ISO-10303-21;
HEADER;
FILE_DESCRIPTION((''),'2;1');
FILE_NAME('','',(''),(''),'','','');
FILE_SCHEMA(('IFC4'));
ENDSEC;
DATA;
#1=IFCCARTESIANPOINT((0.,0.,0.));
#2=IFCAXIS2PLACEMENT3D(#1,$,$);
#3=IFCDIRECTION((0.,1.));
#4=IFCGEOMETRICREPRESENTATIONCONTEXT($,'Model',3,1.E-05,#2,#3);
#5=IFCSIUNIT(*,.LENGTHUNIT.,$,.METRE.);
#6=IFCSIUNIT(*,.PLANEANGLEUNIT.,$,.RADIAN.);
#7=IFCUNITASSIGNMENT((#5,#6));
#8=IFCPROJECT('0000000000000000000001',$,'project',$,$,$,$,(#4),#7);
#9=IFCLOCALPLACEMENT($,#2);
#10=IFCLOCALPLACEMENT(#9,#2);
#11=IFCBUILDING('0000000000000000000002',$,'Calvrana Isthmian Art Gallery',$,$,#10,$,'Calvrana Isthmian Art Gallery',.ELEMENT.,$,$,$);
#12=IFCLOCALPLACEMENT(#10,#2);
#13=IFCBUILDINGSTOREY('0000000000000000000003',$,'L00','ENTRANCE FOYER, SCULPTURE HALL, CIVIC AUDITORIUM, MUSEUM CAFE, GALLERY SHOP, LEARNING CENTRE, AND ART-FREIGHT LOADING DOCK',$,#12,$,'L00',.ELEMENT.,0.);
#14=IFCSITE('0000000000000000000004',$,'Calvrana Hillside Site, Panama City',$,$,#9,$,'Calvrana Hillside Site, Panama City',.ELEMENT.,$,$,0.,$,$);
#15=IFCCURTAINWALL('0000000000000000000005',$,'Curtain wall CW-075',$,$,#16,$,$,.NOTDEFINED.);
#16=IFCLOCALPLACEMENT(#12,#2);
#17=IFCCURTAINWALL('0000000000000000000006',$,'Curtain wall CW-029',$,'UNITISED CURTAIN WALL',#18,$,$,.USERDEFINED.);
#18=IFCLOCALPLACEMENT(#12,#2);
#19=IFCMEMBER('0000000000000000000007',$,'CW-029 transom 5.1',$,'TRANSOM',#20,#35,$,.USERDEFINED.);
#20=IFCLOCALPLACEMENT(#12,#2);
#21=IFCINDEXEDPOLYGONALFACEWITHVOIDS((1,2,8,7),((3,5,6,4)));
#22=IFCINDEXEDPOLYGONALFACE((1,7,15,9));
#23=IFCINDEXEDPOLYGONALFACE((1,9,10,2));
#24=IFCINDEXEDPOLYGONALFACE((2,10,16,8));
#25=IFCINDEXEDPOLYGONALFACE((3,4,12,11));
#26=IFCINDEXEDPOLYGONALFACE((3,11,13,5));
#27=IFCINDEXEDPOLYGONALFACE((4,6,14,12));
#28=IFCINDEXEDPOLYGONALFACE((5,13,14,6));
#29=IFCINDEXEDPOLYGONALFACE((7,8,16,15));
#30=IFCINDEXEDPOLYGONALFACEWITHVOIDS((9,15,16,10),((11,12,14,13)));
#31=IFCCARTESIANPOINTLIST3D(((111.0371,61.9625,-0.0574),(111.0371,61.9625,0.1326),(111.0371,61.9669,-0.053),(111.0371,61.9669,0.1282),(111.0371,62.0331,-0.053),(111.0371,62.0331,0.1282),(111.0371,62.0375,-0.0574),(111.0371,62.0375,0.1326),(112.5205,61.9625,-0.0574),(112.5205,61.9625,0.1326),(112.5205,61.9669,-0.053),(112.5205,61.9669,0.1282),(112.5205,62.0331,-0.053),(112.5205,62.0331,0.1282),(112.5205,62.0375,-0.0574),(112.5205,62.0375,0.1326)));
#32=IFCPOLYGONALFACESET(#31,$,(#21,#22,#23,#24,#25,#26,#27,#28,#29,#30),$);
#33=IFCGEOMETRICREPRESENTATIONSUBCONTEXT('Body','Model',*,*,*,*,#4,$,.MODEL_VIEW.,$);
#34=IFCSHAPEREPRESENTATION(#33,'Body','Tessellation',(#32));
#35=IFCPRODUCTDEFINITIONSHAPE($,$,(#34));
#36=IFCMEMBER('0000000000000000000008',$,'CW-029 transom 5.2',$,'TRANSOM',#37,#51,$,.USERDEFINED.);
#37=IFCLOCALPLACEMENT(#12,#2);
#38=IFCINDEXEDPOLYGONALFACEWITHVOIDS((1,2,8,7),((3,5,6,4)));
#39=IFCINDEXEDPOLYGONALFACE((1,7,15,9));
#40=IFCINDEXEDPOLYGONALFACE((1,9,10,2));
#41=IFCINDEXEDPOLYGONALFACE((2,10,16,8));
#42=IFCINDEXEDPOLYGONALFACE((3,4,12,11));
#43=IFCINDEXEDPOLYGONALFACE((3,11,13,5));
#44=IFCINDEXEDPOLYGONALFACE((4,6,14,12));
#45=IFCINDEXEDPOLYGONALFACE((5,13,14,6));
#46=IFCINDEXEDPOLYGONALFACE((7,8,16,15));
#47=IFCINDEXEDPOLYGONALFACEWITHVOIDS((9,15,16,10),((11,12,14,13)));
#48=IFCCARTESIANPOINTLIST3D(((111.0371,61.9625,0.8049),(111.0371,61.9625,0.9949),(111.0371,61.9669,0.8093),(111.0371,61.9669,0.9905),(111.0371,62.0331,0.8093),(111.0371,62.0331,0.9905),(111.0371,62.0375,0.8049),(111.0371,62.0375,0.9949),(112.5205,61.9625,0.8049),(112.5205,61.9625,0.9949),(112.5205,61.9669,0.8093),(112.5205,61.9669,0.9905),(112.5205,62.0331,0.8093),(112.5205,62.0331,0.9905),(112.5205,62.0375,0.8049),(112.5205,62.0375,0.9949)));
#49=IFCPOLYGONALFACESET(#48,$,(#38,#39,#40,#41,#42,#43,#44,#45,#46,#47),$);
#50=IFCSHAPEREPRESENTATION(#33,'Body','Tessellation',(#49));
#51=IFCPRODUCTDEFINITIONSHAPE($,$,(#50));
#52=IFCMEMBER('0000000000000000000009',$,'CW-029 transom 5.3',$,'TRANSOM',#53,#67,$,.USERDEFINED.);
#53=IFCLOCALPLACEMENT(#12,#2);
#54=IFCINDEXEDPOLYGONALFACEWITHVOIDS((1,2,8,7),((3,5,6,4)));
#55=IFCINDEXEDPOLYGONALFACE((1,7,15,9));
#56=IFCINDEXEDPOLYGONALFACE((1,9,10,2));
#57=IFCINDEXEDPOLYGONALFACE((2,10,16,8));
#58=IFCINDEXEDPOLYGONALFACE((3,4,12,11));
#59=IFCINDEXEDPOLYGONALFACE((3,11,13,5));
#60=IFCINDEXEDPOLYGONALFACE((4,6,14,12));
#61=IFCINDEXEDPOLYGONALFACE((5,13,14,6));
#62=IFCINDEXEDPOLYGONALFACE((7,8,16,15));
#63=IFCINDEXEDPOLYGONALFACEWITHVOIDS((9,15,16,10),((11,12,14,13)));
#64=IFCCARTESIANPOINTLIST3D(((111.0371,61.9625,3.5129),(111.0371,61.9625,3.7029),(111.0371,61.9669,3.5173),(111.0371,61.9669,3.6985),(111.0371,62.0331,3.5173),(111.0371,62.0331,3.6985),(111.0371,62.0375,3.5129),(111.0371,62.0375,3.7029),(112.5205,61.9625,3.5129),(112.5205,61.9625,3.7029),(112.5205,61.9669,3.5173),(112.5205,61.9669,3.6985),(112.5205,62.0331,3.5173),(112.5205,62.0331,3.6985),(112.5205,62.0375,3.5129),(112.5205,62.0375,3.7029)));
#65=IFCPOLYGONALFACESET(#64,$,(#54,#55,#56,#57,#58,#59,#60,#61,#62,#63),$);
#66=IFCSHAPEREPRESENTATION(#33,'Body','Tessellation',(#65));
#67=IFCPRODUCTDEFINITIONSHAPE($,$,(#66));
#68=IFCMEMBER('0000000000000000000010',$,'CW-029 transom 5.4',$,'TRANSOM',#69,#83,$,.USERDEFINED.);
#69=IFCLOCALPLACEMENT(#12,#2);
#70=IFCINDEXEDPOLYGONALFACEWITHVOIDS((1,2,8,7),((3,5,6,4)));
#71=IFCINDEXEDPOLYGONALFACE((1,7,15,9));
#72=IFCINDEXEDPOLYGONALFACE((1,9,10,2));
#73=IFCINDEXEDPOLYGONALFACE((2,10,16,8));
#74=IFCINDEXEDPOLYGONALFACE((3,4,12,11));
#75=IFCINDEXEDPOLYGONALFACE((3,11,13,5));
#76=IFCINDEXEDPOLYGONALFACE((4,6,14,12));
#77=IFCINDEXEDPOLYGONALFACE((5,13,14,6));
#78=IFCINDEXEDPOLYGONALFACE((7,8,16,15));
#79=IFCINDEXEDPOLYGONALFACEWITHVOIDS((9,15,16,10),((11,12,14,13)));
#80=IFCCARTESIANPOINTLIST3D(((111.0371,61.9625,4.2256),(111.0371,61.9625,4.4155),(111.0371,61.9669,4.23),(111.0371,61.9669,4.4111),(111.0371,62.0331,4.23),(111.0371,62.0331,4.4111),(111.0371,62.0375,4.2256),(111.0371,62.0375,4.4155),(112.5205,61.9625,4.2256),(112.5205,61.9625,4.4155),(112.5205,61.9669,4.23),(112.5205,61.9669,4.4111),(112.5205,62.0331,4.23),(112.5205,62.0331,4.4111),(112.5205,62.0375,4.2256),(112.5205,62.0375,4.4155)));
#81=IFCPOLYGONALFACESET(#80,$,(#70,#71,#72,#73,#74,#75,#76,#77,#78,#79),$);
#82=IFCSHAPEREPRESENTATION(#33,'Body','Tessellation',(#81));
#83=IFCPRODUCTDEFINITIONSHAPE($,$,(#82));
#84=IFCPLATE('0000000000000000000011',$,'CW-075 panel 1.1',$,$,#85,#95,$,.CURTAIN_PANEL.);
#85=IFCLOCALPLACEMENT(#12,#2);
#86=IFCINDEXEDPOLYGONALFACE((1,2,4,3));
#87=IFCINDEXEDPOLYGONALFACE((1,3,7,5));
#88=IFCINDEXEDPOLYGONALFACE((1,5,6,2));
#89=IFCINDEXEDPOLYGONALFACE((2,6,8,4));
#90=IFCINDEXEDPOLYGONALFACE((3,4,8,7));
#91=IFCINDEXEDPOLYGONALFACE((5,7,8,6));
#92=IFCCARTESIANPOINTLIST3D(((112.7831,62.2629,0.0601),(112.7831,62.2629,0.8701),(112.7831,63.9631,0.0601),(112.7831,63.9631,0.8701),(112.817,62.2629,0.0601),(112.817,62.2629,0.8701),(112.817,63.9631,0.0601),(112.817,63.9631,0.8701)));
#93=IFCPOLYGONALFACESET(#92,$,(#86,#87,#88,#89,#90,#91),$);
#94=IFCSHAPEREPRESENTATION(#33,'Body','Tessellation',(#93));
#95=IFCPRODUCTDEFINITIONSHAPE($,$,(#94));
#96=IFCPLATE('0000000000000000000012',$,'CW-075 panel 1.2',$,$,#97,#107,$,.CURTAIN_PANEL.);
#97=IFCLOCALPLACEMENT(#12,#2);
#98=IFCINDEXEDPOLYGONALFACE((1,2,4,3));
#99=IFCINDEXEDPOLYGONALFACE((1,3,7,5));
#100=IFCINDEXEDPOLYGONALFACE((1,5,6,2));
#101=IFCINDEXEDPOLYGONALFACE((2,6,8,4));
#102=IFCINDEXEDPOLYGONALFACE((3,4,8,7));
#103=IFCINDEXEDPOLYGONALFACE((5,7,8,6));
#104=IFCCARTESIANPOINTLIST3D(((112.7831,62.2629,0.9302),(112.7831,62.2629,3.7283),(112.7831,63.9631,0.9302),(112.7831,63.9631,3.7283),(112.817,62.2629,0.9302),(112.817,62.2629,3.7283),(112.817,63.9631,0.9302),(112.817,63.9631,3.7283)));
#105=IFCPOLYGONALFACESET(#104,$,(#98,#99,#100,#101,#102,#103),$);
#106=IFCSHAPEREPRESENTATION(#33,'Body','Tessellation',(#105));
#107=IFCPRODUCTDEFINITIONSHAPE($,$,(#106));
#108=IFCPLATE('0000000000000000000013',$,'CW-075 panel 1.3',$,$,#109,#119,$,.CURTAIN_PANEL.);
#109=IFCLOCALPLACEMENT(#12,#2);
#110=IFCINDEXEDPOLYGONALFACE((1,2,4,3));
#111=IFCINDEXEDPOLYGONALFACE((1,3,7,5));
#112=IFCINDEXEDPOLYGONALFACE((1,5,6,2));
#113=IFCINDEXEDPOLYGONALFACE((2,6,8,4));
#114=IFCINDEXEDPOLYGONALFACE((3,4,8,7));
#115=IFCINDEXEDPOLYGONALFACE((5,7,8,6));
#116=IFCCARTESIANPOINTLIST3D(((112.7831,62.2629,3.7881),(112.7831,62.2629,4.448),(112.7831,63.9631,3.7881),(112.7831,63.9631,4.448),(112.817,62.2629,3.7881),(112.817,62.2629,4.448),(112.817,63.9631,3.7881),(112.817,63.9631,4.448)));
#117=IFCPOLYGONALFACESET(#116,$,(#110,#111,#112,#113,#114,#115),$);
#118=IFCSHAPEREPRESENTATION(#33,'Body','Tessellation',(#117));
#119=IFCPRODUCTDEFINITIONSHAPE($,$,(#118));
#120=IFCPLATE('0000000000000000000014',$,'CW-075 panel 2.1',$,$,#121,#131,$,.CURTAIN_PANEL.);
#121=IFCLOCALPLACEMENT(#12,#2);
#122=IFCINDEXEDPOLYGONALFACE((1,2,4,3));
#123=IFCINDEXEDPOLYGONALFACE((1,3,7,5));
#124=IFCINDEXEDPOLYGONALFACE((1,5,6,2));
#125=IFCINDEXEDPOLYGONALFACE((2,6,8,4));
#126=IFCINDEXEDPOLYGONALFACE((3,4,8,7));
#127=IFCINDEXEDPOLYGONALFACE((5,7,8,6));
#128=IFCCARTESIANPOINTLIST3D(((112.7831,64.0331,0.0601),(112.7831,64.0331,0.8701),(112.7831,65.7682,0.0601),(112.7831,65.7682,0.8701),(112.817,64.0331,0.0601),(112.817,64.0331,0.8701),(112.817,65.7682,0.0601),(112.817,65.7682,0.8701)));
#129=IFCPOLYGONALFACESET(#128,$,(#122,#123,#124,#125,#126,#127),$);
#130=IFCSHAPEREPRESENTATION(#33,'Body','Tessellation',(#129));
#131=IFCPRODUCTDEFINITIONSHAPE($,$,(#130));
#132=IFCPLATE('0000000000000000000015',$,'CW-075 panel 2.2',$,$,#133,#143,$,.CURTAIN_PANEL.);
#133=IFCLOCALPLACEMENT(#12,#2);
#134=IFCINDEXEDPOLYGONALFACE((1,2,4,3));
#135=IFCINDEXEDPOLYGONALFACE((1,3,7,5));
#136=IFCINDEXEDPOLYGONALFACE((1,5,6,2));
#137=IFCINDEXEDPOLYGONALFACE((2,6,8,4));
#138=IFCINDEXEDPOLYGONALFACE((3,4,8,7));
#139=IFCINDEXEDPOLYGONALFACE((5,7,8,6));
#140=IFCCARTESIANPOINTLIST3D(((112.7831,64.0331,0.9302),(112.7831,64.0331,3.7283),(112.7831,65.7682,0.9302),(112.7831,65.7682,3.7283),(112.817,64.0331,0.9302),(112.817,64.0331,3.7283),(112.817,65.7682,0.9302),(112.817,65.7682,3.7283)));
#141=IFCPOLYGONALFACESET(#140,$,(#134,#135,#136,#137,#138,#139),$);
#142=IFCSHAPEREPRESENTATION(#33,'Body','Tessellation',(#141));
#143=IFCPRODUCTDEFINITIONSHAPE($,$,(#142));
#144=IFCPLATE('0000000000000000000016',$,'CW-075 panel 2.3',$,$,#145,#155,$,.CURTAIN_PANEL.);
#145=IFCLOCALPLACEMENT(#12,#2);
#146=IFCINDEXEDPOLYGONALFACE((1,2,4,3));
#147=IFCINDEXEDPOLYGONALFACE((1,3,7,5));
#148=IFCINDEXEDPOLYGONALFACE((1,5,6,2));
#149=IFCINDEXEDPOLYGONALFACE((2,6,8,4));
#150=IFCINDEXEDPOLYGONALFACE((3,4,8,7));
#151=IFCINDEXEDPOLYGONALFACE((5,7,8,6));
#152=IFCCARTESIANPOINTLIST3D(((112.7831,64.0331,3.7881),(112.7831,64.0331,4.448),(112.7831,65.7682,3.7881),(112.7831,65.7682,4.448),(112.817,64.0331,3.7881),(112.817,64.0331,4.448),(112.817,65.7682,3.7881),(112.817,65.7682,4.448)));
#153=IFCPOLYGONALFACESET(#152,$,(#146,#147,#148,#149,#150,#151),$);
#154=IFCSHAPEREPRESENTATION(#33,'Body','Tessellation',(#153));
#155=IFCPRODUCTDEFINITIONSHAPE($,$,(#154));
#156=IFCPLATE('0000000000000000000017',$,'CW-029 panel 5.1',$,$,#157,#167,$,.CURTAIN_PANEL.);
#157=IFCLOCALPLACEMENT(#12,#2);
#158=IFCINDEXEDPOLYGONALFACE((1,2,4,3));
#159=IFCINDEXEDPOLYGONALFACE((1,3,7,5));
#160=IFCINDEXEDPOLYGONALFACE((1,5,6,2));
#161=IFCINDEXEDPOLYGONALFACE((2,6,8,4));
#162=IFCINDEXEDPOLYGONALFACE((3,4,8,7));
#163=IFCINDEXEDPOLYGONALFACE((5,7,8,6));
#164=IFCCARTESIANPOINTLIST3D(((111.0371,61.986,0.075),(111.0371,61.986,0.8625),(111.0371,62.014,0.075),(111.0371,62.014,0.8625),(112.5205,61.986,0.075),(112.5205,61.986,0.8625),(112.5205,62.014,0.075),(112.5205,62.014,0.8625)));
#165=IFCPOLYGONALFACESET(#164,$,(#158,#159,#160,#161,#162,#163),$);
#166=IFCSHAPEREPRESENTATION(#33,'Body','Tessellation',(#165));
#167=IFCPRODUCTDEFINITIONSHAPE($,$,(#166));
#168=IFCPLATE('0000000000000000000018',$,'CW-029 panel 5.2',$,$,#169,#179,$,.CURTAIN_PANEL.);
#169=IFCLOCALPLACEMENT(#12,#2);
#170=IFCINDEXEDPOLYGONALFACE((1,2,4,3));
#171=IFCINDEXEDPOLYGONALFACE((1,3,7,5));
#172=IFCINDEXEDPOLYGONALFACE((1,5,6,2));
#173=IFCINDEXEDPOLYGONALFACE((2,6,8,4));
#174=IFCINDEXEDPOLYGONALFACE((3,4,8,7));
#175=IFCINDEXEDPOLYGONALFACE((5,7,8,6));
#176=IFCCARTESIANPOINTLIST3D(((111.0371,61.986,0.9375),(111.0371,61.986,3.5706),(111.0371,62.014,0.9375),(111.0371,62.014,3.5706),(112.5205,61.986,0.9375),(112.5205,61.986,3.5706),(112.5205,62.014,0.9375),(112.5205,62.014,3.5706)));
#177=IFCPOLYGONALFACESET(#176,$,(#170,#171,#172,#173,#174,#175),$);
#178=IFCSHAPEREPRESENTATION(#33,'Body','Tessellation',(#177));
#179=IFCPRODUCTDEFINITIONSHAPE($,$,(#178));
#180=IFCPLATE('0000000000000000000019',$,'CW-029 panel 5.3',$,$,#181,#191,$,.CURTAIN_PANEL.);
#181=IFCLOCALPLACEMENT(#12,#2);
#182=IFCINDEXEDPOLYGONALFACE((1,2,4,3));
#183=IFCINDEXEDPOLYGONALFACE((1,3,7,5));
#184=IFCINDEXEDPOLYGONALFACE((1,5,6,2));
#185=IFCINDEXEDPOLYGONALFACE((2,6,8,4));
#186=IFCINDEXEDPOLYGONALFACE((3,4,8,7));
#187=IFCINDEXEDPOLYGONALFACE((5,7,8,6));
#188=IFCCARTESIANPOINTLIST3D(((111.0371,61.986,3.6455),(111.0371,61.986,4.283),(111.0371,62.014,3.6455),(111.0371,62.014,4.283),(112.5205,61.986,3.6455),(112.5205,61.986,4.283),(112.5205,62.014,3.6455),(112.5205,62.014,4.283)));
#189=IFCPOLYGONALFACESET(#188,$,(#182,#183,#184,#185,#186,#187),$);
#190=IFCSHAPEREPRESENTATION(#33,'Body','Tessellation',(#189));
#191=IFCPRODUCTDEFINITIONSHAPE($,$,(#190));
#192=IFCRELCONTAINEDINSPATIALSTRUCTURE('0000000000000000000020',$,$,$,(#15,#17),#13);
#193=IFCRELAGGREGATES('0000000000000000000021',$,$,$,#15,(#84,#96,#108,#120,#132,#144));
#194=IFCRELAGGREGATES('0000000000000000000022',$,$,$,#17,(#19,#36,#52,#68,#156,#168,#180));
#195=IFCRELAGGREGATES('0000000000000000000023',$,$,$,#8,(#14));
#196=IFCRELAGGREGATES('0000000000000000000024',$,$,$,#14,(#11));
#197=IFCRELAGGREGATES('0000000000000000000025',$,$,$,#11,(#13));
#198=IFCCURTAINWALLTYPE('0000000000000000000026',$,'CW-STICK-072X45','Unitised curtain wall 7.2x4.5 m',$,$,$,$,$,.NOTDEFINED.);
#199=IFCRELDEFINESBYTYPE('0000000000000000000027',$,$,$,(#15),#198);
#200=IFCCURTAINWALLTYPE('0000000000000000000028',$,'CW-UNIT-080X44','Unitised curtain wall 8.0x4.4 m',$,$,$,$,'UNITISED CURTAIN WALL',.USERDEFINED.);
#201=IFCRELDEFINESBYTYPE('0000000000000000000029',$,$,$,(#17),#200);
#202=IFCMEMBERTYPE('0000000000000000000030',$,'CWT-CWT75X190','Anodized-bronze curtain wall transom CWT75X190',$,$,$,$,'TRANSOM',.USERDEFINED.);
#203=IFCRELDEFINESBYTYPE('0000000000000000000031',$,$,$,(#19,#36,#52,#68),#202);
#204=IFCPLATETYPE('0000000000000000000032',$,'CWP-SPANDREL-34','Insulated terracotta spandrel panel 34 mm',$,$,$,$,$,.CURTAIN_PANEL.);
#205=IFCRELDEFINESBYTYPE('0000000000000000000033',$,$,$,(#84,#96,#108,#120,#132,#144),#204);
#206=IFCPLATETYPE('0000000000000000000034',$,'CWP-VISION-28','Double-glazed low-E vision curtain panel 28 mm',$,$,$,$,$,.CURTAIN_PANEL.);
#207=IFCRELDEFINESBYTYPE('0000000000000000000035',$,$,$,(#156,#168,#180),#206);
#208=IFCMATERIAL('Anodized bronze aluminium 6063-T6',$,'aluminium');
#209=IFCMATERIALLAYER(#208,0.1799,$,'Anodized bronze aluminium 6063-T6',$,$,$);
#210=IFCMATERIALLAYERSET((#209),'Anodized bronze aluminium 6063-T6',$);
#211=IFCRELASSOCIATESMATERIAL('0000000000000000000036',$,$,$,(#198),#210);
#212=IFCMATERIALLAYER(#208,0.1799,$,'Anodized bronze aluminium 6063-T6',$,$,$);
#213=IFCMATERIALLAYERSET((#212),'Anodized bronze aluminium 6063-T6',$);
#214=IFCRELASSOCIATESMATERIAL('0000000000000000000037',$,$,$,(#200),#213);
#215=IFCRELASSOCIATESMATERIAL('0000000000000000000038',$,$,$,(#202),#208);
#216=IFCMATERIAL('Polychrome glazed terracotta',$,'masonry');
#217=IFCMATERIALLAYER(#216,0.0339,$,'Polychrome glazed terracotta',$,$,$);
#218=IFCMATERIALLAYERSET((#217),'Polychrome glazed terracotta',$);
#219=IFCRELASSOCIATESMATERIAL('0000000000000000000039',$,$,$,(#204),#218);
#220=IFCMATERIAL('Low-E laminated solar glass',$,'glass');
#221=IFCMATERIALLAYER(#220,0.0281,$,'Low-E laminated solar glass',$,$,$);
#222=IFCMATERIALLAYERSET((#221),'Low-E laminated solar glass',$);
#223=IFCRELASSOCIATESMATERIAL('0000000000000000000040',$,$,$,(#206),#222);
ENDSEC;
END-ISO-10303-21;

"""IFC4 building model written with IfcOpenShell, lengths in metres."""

from ifc_helpers import new_model, si_unit, direction, frame, origin, origin_2d, place, context, subcontext, project, spatial, rectangle, hollow_rectangle, extrude, material, layer, layer_set, material_profile, profile_set, type_object, element, aggregate, save


model = new_model("IFC4")

# Units and contexts
model_context = context("Model", 3, precision=1e-05, world=origin(), true_north=direction((0.0, 1.0)))
body_context = subcontext(model_context, "Body", "Model", "MODEL_VIEW")
ifc_project = project(units=[si_unit("LENGTHUNIT", "METRE"), si_unit("PLANEANGLEUNIT", "RADIAN")], contexts=[model_context])

# Site, building, storey
site_placement = place(None, origin())
site = spatial("IfcSite", under=ifc_project, at=site_placement, Name="Calvrana Hillside Site, Panama City", LongName="Calvrana Hillside Site, Panama City", CompositionType="ELEMENT", RefElevation=0.0)
building_placement = place(site_placement, origin())
building = spatial("IfcBuilding", under=site, at=building_placement, Name="Calvrana Isthmian Art Gallery", LongName="Calvrana Isthmian Art Gallery", CompositionType="ELEMENT")
storey_placement = place(building_placement, origin())
storey = spatial("IfcBuildingStorey", under=building, at=storey_placement, Name="L00", Description="ENTRANCE FOYER, SCULPTURE HALL, CIVIC AUDITORIUM, MUSEUM CAFE, GALLERY SHOP, LEARNING CENTRE, AND ART-FREIGHT LOADING DOCK", LongName="L00", CompositionType="ELEMENT", Elevation=0.0)

# Curtain wall
ifc_material_1 = material(Name="Anodized bronze aluminium 6063-T6", Category="aluminium")
ifc_layer_1 = layer(ifc_material_1, 0.1799, Name="Anodized bronze aluminium 6063-T6")
ifc_layer_set_1 = layer_set([ifc_layer_1], Name="Anodized bronze aluminium 6063-T6")
curtain_wall_type_1 = type_object("IfcCurtainWallType", Name="CW-STICK-072X45", Description="Unitised curtain wall 7.2x4.5 m", PredefinedType="NOTDEFINED", material=ifc_layer_set_1)
curtain_wall_1_placement = place(storey_placement, origin())
curtain_wall_1 = element("IfcCurtainWall", 1, at=curtain_wall_1_placement, inside=storey, type_object=curtain_wall_type_1, Name="Curtain wall CW-075", PredefinedType="NOTDEFINED")

# Curtain wall
ifc_layer_2 = layer(ifc_material_1, 0.1799, Name="Anodized bronze aluminium 6063-T6")
ifc_layer_set_2 = layer_set([ifc_layer_2], Name="Anodized bronze aluminium 6063-T6")
curtain_wall_type_2 = type_object("IfcCurtainWallType", Name="CW-UNIT-080X44", Description="Unitised curtain wall 8.0x4.4 m", ElementType="UNITISED CURTAIN WALL", PredefinedType="USERDEFINED", material=ifc_layer_set_2)
curtain_wall_2_placement = place(storey_placement, origin())
curtain_wall_2 = element("IfcCurtainWall", 2, at=curtain_wall_2_placement, inside=storey, type_object=curtain_wall_type_2, Name="Curtain wall CW-029", ObjectType="UNITISED CURTAIN WALL", PredefinedType="USERDEFINED")

# Members
ifc_material_profile_1 = material_profile(ifc_material_1, hollow_rectangle(XDim=0.075, YDim=0.1899, WallThickness=0.0044, at=origin_2d()), Name="CWT75X190")
ifc_profile_set_1 = profile_set([ifc_material_profile_1], Name="Anodized bronze aluminium 6063-T6")
member_type_1 = type_object("IfcMemberType", Name="CWT-CWT75X190", Description="Anodized-bronze curtain wall transom CWT75X190", ElementType="TRANSOM", PredefinedType="USERDEFINED", material=ifc_profile_set_1)
member_1_placement = place(storey_placement, frame((111.0371, 62.0, 0.0376), z_axis=(1.0, 0.0, 0.0), x_axis=(0.0, 1.0, 0.0)))
member_1 = element("IfcMember", 3, at=member_1_placement, type_object=member_type_1, Name="CW-029 transom 5.1", ObjectType="TRANSOM", PredefinedType="USERDEFINED", context=body_context, shape_type="SweptSolid", body=[
    extrude(hollow_rectangle(XDim=0.075, YDim=0.1899, WallThickness=0.0044, at=origin_2d()), origin(), (0.0, 0.0, 1.0), 1.4834),
])
member_2_placement = place(storey_placement, frame((111.0371, 62.0, 0.8999), z_axis=(1.0, 0.0, 0.0), x_axis=(0.0, 1.0, 0.0)))
member_2 = element("IfcMember", 4, at=member_2_placement, type_object=member_type_1, Name="CW-029 transom 5.2", ObjectType="TRANSOM", PredefinedType="USERDEFINED", context=body_context, shape_type="SweptSolid", body=[
    extrude(hollow_rectangle(XDim=0.075, YDim=0.1899, WallThickness=0.0044, at=origin_2d()), origin(), (0.0, 0.0, 1.0), 1.4834),
])
member_3_placement = place(storey_placement, frame((111.0371, 62.0, 3.6079), z_axis=(1.0, 0.0, 0.0), x_axis=(0.0, 1.0, 0.0)))
member_3 = element("IfcMember", 5, at=member_3_placement, type_object=member_type_1, Name="CW-029 transom 5.3", ObjectType="TRANSOM", PredefinedType="USERDEFINED", context=body_context, shape_type="SweptSolid", body=[
    extrude(hollow_rectangle(XDim=0.075, YDim=0.1899, WallThickness=0.0044, at=origin_2d()), origin(), (0.0, 0.0, 1.0), 1.4834),
])
member_4_placement = place(storey_placement, frame((111.0371, 62.0, 4.3206), z_axis=(1.0, 0.0, 0.0), x_axis=(0.0, 1.0, 0.0)))
member_4 = element("IfcMember", 6, at=member_4_placement, type_object=member_type_1, Name="CW-029 transom 5.4", ObjectType="TRANSOM", PredefinedType="USERDEFINED", context=body_context, shape_type="SweptSolid", body=[
    extrude(hollow_rectangle(XDim=0.075, YDim=0.1899, WallThickness=0.0044, at=origin_2d()), origin(), (0.0, 0.0, 1.0), 1.4834),
])

# Plates
ifc_material_2 = material(Name="Polychrome glazed terracotta", Category="masonry")
ifc_layer_3 = layer(ifc_material_2, 0.0339, Name="Polychrome glazed terracotta")
ifc_layer_set_3 = layer_set([ifc_layer_3], Name="Polychrome glazed terracotta")
plate_type_1 = type_object("IfcPlateType", Name="CWP-SPANDREL-34", Description="Insulated terracotta spandrel panel 34 mm", PredefinedType="CURTAIN_PANEL", material=ifc_layer_set_3)
plate_1_placement = place(storey_placement, frame((112.8, 63.113, 0.0601), z_axis=(0.0, 0.0, 1.0), x_axis=(0.0, 1.0, 0.0)))
plate_1 = element("IfcPlate", 7, at=plate_1_placement, type_object=plate_type_1, Name="CW-075 panel 1.1", PredefinedType="CURTAIN_PANEL", context=body_context, shape_type="SweptSolid", body=[
    extrude(rectangle(XDim=1.7002, YDim=0.0339, at=origin_2d()), origin(), (0.0, 0.0, 1.0), 0.8101),
])
plate_2_placement = place(storey_placement, frame((112.8, 63.113, 0.9302), z_axis=(0.0, 0.0, 1.0), x_axis=(0.0, 1.0, 0.0)))
plate_2 = element("IfcPlate", 8, at=plate_2_placement, type_object=plate_type_1, Name="CW-075 panel 1.2", PredefinedType="CURTAIN_PANEL", context=body_context, shape_type="SweptSolid", body=[
    extrude(rectangle(XDim=1.7002, YDim=0.0339, at=origin_2d()), origin(), (0.0, 0.0, 1.0), 2.7981),
])
plate_3_placement = place(storey_placement, frame((112.8, 63.113, 3.7881), z_axis=(0.0, 0.0, 1.0), x_axis=(0.0, 1.0, 0.0)))
plate_3 = element("IfcPlate", 9, at=plate_3_placement, type_object=plate_type_1, Name="CW-075 panel 1.3", PredefinedType="CURTAIN_PANEL", context=body_context, shape_type="SweptSolid", body=[
    extrude(rectangle(XDim=1.7002, YDim=0.0339, at=origin_2d()), origin(), (0.0, 0.0, 1.0), 0.6599),
])
plate_4_placement = place(storey_placement, frame((112.8, 64.9006, 0.0601), z_axis=(0.0, 0.0, 1.0), x_axis=(0.0, 1.0, 0.0)))
plate_4 = element("IfcPlate", 10, at=plate_4_placement, type_object=plate_type_1, Name="CW-075 panel 2.1", PredefinedType="CURTAIN_PANEL", context=body_context, shape_type="SweptSolid", body=[
    extrude(rectangle(XDim=1.7351, YDim=0.0339, at=origin_2d()), origin(), (0.0, 0.0, 1.0), 0.8101),
])
plate_5_placement = place(storey_placement, frame((112.8, 64.9006, 0.9302), z_axis=(0.0, 0.0, 1.0), x_axis=(0.0, 1.0, 0.0)))
plate_5 = element("IfcPlate", 11, at=plate_5_placement, type_object=plate_type_1, Name="CW-075 panel 2.2", PredefinedType="CURTAIN_PANEL", context=body_context, shape_type="SweptSolid", body=[
    extrude(rectangle(XDim=1.7351, YDim=0.0339, at=origin_2d()), origin(), (0.0, 0.0, 1.0), 2.7981),
])
plate_6_placement = place(storey_placement, frame((112.8, 64.9006, 3.7881), z_axis=(0.0, 0.0, 1.0), x_axis=(0.0, 1.0, 0.0)))
plate_6 = element("IfcPlate", 12, at=plate_6_placement, type_object=plate_type_1, Name="CW-075 panel 2.3", PredefinedType="CURTAIN_PANEL", context=body_context, shape_type="SweptSolid", body=[
    extrude(rectangle(XDim=1.7351, YDim=0.0339, at=origin_2d()), origin(), (0.0, 0.0, 1.0), 0.6599),
])
aggregate(curtain_wall_1, [plate_1, plate_2, plate_3, plate_4, plate_5, plate_6])
ifc_material_3 = material(Name="Low-E laminated solar glass", Category="glass")
ifc_layer_4 = layer(ifc_material_3, 0.0281, Name="Low-E laminated solar glass")
ifc_layer_set_4 = layer_set([ifc_layer_4], Name="Low-E laminated solar glass")
plate_type_2 = type_object("IfcPlateType", Name="CWP-VISION-28", Description="Double-glazed low-E vision curtain panel 28 mm", PredefinedType="CURTAIN_PANEL", material=ifc_layer_set_4)
plate_7_placement = place(storey_placement, frame((111.7788, 62.0, 0.075), z_axis=(0.0, 0.0, 1.0), x_axis=(1.0, 0.0, 0.0)))
plate_7 = element("IfcPlate", 13, at=plate_7_placement, type_object=plate_type_2, Name="CW-029 panel 5.1", PredefinedType="CURTAIN_PANEL", context=body_context, shape_type="SweptSolid", body=[
    extrude(rectangle(XDim=1.4834, YDim=0.0281, at=origin_2d()), origin(), (0.0, 0.0, 1.0), 0.7876),
])
plate_8_placement = place(storey_placement, frame((111.7788, 62.0, 0.9375), z_axis=(0.0, 0.0, 1.0), x_axis=(1.0, 0.0, 0.0)))
plate_8 = element("IfcPlate", 14, at=plate_8_placement, type_object=plate_type_2, Name="CW-029 panel 5.2", PredefinedType="CURTAIN_PANEL", context=body_context, shape_type="SweptSolid", body=[
    extrude(rectangle(XDim=1.4834, YDim=0.0281, at=origin_2d()), origin(), (0.0, 0.0, 1.0), 2.6331),
])
plate_9_placement = place(storey_placement, frame((111.7788, 62.0, 3.6455), z_axis=(0.0, 0.0, 1.0), x_axis=(1.0, 0.0, 0.0)))
plate_9 = element("IfcPlate", 15, at=plate_9_placement, type_object=plate_type_2, Name="CW-029 panel 5.3", PredefinedType="CURTAIN_PANEL", context=body_context, shape_type="SweptSolid", body=[
    extrude(rectangle(XDim=1.4834, YDim=0.0281, at=origin_2d()), origin(), (0.0, 0.0, 1.0), 0.6375),
])
aggregate(curtain_wall_2, [member_1, member_2, member_3, member_4, plate_7, plate_8, plate_9])

save(model, "model.ifc")
